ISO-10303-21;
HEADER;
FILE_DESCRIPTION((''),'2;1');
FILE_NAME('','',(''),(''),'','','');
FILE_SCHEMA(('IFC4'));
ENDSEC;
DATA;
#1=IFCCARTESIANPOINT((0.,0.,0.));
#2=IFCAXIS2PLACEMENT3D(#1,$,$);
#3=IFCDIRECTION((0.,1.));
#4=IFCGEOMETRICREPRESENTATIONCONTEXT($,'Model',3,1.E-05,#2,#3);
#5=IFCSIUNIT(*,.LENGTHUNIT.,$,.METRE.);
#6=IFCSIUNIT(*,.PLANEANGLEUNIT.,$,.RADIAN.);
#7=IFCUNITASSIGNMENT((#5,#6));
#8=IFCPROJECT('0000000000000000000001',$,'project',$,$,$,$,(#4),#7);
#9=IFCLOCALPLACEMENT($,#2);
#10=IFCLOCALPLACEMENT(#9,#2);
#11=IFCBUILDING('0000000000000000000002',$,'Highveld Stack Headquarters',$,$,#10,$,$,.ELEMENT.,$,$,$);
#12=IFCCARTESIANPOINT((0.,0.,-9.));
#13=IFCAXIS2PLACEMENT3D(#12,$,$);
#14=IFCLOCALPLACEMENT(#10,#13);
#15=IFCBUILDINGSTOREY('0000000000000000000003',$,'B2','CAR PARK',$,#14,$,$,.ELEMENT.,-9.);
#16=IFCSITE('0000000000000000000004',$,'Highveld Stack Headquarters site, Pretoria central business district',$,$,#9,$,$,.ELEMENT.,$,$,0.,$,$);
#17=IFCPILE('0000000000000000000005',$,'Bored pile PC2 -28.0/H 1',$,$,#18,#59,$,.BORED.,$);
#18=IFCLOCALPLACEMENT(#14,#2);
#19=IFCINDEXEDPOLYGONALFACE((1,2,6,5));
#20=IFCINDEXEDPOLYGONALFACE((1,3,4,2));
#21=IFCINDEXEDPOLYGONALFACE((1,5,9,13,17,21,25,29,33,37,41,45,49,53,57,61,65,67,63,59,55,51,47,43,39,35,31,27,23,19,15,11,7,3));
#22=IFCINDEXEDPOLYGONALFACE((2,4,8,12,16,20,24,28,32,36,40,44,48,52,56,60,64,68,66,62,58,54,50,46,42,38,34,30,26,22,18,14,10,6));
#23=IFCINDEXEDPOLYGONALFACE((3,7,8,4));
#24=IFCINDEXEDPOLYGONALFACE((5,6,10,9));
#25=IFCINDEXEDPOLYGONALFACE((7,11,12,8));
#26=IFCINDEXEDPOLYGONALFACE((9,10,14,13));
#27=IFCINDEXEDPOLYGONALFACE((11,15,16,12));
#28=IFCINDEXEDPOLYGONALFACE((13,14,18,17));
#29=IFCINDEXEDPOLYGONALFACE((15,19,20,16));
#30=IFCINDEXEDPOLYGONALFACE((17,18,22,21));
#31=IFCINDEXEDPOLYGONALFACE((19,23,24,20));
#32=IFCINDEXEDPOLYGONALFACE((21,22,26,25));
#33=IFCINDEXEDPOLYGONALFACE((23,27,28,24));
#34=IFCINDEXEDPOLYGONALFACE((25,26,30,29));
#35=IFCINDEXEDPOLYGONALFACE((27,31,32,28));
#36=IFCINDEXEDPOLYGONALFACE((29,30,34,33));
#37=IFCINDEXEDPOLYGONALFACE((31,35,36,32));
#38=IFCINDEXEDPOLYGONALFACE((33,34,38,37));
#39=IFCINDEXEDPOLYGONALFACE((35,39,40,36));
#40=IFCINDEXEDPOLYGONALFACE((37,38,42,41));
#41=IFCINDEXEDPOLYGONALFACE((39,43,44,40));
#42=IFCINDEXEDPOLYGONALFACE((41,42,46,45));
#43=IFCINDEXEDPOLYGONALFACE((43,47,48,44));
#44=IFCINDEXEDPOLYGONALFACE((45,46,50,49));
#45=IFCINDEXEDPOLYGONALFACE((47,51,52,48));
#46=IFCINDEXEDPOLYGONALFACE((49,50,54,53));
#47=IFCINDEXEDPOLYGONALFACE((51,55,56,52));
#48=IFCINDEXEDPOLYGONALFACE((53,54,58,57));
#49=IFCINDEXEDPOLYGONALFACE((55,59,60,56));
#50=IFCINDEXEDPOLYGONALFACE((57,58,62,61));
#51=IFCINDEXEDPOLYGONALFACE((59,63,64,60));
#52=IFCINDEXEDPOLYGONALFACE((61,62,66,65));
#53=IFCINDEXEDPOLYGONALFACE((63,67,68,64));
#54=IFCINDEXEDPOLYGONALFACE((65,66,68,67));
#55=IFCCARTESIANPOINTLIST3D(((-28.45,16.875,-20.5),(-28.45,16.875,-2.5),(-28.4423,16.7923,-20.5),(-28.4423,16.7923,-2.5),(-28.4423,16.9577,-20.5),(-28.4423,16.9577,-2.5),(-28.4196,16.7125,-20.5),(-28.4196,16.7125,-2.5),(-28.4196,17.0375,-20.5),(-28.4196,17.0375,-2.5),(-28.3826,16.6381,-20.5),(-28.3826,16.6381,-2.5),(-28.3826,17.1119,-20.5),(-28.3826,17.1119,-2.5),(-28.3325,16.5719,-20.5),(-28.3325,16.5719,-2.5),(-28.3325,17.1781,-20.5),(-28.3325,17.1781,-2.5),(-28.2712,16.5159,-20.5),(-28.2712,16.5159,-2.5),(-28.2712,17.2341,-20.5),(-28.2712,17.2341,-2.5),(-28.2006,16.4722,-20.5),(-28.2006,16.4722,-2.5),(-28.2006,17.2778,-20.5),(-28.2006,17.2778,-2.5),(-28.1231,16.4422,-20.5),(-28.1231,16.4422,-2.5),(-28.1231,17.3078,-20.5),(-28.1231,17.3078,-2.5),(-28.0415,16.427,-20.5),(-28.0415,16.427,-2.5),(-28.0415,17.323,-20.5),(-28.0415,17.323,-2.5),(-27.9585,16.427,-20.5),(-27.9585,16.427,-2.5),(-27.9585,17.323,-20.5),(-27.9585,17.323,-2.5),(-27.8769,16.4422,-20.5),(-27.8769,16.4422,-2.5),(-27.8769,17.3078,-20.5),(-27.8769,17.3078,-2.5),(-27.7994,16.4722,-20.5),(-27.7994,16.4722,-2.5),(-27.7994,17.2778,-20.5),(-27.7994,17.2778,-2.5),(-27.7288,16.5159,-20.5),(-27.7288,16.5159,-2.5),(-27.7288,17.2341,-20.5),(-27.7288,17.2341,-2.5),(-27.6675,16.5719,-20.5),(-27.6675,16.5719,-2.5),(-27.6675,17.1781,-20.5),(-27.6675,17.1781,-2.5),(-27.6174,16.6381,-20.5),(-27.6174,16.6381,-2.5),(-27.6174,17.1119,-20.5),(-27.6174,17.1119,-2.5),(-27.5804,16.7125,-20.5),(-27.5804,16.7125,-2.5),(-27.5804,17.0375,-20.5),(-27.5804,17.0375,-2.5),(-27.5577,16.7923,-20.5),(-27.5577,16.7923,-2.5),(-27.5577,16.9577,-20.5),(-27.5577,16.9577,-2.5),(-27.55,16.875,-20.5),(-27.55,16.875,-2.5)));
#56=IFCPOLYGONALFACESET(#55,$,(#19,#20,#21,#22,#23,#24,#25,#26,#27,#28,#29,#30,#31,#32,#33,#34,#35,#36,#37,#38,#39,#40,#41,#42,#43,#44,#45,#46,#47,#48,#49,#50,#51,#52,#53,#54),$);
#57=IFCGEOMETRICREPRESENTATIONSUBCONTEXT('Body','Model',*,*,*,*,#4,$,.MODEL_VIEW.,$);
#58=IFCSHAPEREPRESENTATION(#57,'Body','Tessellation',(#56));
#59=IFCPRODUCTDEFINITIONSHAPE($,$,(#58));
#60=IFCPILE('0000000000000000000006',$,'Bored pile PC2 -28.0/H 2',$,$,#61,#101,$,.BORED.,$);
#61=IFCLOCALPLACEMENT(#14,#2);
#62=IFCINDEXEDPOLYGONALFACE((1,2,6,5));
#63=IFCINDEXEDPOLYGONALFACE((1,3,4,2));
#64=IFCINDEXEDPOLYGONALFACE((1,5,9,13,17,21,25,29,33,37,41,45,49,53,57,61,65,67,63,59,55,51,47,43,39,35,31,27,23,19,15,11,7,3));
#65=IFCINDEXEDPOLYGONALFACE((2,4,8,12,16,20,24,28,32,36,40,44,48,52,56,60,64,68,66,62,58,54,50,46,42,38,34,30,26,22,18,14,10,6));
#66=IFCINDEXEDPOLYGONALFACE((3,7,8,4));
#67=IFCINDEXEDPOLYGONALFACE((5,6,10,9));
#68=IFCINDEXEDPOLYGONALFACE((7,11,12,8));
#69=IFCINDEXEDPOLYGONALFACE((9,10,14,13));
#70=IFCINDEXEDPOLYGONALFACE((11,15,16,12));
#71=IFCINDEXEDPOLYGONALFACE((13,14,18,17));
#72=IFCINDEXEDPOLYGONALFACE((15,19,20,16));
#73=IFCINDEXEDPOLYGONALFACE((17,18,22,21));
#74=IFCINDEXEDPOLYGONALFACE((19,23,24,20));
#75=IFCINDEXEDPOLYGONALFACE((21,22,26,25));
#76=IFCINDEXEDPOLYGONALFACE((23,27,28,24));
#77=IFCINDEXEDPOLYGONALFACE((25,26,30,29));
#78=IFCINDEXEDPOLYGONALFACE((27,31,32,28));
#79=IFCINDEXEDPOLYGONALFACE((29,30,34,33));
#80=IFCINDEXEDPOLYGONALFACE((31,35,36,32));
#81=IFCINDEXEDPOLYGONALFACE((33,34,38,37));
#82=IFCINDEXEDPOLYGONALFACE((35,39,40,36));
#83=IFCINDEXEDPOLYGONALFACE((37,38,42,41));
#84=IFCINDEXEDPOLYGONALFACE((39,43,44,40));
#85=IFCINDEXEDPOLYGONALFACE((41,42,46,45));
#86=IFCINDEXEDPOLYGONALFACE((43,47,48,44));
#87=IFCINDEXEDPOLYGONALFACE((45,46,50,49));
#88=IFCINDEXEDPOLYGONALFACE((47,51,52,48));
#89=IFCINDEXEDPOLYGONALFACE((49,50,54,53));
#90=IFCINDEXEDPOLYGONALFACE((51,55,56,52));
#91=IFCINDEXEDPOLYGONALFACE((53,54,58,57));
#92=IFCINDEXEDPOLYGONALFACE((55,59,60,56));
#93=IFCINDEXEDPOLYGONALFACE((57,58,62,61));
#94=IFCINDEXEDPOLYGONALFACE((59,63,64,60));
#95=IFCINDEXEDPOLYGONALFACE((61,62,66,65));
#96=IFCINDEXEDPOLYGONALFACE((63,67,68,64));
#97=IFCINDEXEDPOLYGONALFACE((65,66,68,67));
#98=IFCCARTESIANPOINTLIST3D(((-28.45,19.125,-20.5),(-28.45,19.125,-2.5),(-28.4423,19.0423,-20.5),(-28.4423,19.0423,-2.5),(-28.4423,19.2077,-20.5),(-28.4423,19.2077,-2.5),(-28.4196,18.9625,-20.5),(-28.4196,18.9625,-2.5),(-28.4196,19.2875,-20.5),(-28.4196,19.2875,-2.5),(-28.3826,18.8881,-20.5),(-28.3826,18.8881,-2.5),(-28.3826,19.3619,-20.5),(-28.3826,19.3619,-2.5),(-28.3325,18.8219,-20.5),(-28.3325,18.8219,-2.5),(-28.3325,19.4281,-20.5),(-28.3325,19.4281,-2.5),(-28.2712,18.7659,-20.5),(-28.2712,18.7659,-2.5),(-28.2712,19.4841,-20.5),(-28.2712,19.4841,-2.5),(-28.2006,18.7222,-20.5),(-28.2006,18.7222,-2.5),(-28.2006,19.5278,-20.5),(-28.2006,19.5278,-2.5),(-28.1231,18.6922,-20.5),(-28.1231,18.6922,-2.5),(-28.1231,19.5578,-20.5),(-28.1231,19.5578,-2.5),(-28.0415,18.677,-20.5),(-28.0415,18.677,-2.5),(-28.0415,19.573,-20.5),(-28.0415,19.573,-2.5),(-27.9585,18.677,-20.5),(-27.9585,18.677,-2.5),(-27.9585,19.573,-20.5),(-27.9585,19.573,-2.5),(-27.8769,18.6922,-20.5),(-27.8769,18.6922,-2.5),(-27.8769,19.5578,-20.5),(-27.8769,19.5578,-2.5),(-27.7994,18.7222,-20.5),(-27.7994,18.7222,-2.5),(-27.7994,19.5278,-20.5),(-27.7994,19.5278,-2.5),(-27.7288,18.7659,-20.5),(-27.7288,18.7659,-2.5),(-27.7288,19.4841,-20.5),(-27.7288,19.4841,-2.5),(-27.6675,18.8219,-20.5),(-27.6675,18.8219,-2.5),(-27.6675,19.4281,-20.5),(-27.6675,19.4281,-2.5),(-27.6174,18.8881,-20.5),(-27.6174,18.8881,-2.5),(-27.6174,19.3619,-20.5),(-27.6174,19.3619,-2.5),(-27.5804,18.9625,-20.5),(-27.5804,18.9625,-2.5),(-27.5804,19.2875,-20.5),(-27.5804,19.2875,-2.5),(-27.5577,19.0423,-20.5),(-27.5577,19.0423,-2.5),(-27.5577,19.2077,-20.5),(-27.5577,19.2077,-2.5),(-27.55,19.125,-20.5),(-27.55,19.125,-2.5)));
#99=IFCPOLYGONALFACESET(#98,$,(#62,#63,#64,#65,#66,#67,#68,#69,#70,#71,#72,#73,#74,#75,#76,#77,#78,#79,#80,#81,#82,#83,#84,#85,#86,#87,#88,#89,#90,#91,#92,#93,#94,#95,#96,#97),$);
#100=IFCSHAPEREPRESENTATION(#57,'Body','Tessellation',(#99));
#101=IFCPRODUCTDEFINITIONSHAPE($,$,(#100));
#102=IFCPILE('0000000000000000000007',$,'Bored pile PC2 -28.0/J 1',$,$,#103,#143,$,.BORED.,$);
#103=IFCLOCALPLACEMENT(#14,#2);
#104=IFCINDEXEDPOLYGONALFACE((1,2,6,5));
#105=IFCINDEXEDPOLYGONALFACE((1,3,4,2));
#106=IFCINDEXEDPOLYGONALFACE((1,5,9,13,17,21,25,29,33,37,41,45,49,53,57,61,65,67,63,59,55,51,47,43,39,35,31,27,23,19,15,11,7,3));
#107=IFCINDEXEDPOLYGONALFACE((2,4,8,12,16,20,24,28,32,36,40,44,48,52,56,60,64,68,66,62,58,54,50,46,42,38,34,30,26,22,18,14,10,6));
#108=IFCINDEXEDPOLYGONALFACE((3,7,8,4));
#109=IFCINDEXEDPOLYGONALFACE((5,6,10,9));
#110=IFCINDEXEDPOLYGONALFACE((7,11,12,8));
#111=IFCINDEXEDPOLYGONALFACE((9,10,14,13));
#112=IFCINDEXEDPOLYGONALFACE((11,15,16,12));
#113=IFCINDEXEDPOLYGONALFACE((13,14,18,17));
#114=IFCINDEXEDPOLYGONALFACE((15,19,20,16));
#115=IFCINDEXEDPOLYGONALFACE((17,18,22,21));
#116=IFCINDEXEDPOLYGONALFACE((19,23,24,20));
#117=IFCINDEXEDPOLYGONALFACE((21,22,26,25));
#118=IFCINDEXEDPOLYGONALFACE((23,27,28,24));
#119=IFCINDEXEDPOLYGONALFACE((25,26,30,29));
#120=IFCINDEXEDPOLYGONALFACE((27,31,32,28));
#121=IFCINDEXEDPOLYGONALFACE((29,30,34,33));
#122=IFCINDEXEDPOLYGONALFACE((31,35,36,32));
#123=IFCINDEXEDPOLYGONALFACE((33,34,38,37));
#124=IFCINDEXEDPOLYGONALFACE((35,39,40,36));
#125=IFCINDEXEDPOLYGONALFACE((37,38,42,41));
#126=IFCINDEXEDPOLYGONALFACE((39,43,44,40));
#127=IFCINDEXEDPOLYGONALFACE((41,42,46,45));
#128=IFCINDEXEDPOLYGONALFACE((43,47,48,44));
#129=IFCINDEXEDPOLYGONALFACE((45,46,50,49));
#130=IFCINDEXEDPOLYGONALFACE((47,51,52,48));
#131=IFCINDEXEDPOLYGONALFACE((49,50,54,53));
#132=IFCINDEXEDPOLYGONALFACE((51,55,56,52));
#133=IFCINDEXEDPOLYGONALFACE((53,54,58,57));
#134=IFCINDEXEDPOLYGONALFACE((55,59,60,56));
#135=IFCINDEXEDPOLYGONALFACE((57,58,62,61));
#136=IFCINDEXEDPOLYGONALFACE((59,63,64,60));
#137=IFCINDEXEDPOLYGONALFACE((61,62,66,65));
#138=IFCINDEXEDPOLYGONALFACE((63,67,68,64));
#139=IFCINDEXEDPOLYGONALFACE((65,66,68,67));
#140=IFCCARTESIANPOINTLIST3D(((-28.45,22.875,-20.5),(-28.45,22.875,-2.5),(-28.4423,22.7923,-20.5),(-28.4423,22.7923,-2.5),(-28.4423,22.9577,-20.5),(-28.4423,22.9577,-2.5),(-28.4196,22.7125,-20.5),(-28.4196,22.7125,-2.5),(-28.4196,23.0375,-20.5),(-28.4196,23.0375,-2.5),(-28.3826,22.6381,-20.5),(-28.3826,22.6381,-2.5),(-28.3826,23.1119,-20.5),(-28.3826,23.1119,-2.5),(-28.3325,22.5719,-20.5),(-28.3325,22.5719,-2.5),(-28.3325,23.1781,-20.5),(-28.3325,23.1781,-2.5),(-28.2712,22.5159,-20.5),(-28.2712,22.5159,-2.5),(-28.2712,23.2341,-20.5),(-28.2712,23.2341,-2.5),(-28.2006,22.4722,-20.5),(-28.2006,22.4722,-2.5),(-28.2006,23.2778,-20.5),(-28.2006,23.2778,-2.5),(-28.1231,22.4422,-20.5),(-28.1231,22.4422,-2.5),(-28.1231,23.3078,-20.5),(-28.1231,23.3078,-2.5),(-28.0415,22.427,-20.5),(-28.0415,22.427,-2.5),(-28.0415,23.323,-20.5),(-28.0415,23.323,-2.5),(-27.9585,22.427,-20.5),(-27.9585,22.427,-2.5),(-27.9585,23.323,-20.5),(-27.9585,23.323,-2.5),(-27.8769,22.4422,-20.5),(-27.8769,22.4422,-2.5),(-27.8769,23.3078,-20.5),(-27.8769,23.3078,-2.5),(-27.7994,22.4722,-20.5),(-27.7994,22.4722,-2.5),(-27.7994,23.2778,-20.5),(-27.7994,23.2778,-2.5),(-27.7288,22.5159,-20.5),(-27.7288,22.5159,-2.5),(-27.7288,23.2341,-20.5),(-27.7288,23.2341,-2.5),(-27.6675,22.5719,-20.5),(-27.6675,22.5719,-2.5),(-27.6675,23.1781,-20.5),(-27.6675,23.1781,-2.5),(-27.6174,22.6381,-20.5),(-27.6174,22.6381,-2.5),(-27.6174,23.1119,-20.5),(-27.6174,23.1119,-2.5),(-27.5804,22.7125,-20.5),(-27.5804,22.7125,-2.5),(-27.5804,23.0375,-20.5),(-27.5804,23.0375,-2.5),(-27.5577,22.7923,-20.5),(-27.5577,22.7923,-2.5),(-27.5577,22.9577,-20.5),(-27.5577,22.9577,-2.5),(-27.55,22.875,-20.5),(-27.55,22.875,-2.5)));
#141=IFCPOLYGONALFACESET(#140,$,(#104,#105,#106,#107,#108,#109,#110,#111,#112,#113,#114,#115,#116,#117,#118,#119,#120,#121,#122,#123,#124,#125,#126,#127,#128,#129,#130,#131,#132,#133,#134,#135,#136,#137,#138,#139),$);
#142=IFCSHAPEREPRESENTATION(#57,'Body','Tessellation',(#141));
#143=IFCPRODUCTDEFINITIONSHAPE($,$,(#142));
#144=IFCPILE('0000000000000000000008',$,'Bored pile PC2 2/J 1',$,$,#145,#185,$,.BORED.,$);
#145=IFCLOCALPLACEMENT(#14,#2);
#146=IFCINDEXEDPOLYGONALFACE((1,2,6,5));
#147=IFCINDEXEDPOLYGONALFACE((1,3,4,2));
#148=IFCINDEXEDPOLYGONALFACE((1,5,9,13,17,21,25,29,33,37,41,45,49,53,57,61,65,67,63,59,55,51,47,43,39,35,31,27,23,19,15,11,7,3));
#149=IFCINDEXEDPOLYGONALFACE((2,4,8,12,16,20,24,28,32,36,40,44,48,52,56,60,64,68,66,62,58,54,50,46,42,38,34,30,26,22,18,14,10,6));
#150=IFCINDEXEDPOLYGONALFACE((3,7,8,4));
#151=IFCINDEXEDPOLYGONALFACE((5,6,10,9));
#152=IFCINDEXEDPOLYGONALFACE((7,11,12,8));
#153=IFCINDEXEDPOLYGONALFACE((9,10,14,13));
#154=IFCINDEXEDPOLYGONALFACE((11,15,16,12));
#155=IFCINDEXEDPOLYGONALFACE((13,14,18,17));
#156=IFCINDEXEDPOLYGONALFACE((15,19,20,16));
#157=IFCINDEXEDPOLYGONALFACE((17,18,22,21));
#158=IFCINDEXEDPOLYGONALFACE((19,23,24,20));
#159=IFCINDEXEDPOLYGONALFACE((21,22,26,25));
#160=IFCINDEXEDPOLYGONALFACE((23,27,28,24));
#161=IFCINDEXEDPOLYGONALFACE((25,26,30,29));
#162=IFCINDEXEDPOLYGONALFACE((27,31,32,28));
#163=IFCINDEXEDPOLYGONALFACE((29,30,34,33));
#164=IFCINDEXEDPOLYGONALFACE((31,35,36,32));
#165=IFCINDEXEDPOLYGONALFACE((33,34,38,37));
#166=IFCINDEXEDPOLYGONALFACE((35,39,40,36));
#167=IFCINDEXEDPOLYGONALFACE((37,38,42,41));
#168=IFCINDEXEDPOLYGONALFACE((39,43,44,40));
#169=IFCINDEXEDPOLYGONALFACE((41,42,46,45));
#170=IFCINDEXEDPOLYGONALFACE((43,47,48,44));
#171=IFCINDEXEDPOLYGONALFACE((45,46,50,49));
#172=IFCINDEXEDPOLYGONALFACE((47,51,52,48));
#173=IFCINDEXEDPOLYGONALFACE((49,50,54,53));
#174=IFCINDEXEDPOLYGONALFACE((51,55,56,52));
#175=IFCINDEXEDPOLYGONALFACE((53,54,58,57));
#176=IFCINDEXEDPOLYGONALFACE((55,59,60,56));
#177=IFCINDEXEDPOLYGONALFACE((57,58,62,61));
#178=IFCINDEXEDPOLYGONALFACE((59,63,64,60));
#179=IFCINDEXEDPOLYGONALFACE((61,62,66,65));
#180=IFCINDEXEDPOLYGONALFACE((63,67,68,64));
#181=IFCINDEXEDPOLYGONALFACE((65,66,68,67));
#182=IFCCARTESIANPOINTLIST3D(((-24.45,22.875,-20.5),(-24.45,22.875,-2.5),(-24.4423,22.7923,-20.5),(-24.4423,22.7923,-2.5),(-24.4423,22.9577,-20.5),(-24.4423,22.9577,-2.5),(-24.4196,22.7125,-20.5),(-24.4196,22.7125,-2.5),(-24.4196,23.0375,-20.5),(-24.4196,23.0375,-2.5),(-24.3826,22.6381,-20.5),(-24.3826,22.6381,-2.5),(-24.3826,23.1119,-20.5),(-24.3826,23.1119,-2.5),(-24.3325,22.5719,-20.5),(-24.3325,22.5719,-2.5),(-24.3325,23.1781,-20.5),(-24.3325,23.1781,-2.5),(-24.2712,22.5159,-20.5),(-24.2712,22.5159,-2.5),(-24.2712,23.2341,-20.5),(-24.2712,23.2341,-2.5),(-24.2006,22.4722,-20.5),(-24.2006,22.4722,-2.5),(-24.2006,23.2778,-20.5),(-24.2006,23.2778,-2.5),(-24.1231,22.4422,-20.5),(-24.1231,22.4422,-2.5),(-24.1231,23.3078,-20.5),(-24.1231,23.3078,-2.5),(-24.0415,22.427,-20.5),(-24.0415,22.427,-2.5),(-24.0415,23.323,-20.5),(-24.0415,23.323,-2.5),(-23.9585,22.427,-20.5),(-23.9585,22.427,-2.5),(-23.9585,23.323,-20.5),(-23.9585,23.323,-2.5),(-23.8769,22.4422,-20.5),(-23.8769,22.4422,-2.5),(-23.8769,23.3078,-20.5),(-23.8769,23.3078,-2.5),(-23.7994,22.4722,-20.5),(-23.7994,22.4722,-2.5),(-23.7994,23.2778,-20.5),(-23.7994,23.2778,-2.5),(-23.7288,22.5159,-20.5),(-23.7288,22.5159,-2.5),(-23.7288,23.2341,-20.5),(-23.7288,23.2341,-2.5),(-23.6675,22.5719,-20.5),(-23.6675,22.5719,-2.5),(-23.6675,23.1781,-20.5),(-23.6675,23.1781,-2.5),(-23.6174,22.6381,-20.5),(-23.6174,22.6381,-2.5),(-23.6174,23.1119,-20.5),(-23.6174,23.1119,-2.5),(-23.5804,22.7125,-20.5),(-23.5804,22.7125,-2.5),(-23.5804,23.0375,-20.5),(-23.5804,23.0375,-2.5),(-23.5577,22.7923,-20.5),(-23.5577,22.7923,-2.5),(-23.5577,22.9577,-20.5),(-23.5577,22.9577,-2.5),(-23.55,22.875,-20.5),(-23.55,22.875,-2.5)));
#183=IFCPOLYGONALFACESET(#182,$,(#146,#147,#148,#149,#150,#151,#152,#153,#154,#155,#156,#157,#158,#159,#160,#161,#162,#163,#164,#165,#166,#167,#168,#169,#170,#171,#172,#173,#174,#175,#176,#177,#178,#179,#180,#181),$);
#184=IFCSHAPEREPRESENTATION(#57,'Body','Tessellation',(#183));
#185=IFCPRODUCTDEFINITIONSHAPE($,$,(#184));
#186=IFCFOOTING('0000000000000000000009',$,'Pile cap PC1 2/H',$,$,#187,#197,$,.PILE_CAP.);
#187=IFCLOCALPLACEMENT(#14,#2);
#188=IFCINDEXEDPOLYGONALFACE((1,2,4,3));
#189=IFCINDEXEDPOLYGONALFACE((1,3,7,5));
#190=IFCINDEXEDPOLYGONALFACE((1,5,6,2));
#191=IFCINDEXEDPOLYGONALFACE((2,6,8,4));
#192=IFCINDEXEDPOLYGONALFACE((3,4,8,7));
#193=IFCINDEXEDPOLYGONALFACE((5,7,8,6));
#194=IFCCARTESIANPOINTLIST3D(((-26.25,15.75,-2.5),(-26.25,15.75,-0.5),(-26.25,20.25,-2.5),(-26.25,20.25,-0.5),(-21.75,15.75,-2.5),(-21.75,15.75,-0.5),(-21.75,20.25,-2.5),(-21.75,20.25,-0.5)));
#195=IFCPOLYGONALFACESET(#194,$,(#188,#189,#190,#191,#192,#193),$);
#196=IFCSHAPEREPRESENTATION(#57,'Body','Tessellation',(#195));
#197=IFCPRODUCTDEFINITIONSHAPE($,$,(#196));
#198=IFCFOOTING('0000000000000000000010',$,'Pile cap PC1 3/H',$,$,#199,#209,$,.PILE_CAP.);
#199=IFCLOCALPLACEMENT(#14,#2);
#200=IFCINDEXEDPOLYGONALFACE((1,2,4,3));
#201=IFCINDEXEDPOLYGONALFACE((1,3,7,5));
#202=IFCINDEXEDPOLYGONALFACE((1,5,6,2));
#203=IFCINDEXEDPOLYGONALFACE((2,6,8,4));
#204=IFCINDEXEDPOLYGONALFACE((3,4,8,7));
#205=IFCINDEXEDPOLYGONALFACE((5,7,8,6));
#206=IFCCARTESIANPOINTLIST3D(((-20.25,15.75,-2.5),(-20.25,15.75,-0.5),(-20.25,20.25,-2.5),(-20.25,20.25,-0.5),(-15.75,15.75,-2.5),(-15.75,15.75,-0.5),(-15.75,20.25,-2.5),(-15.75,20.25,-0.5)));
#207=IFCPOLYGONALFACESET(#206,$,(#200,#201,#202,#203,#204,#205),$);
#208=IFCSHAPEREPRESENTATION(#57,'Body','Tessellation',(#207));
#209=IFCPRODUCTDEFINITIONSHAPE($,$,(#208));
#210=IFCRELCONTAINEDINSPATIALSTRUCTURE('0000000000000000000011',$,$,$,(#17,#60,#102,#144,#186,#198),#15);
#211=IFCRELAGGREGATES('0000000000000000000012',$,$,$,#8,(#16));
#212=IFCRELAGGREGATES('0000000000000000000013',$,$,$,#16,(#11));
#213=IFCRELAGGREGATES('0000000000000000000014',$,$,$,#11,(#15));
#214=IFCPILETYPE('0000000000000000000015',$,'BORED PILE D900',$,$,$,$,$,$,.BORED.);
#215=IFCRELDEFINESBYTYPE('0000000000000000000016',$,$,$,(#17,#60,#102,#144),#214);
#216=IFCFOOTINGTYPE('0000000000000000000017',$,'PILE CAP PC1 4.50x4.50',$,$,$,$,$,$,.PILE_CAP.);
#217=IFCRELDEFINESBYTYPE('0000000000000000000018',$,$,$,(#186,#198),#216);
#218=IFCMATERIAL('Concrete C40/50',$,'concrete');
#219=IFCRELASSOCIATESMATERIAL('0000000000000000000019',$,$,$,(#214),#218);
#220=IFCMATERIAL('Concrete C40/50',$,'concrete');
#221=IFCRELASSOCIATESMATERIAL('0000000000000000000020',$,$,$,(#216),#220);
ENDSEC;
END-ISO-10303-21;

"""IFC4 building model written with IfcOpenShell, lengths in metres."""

from ifc_helpers import new_model, si_unit, direction, frame, origin, origin_2d, place, context, subcontext, project, spatial, rectangle, circle, extrude, material, type_object, element, save


model = new_model("IFC4")

# Units and contexts
model_context = context("Model", 3, precision=1e-05, world=origin(), true_north=direction((0.0, 1.0)))
body_context = subcontext(model_context, "Body", "Model", "MODEL_VIEW")
ifc_project = project(units=[si_unit("LENGTHUNIT", "METRE"), si_unit("PLANEANGLEUNIT", "RADIAN")], contexts=[model_context])

# Site, building, storey
site_placement = place(None, origin())
site = spatial("IfcSite", under=ifc_project, at=site_placement, Name="Highveld Stack Headquarters site, Pretoria central business district", CompositionType="ELEMENT", RefElevation=0.0)
building_placement = place(site_placement, origin())
building = spatial("IfcBuilding", under=site, at=building_placement, Name="Highveld Stack Headquarters", CompositionType="ELEMENT")
storey_placement = place(building_placement, frame((0.0, 0.0, -9.0)))
storey = spatial("IfcBuildingStorey", under=building, at=storey_placement, Name="B2", Description="CAR PARK", CompositionType="ELEMENT", Elevation=-9.0)

# Piles
ifc_material_1 = material(Name="Concrete C40/50", Category="concrete")
pile_type_1 = type_object("IfcPileType", Name="BORED PILE D900", PredefinedType="BORED", material=ifc_material_1)
for number, where, z_axis, x_axis, name in (
    (1, (-28.0, 16.875, -2.5), (0.0, 0.0, -1.0), (1.0, 0.0, 0.0), "Bored pile PC2 -28.0/H 1"),
    (2, (-28.0, 19.125, -2.5), (0.0, 0.0, -1.0), (1.0, 0.0, 0.0), "Bored pile PC2 -28.0/H 2"),
    (3, (-28.0, 22.875, -2.5), (0.0, 0.0, -1.0), (1.0, 0.0, 0.0), "Bored pile PC2 -28.0/J 1"),
    (4, (-24.0, 22.875, -2.5), (0.0, 0.0, -1.0), (1.0, 0.0, 0.0), "Bored pile PC2 2/J 1"),
):
    element("IfcPile", number, at=place(storey_placement, frame(where, z_axis=z_axis, x_axis=x_axis)), inside=storey, type_object=pile_type_1, Name=name, PredefinedType="BORED", context=body_context, shape_type="SweptSolid", body=[
        extrude(circle(Radius=0.45, at=origin_2d()), origin(), (0.0, 0.0, 1.0), 18.0),
    ])

# Footings
ifc_material_2 = material(Name="Concrete C40/50", Category="concrete")
footing_type_1 = type_object("IfcFootingType", Name="PILE CAP PC1 4.50x4.50", PredefinedType="PILE_CAP", material=ifc_material_2)
for number, where, z_axis, x_axis, name in (
    (5, (-24.0, 18.0, -2.5), (0.0, 0.0, 1.0), (1.0, 0.0, 0.0), "Pile cap PC1 2/H"),
    (6, (-18.0, 18.0, -2.5), (0.0, 0.0, 1.0), (1.0, 0.0, 0.0), "Pile cap PC1 3/H"),
):
    element("IfcFooting", number, at=place(storey_placement, frame(where, z_axis=z_axis, x_axis=x_axis)), inside=storey, type_object=footing_type_1, Name=name, PredefinedType="PILE_CAP", context=body_context, shape_type="SweptSolid", body=[
        extrude(rectangle(XDim=4.5, YDim=4.5, at=origin_2d()), origin(), (0.0, 0.0, 1.0), 2.0),
    ])

save(model, "model.ifc")
